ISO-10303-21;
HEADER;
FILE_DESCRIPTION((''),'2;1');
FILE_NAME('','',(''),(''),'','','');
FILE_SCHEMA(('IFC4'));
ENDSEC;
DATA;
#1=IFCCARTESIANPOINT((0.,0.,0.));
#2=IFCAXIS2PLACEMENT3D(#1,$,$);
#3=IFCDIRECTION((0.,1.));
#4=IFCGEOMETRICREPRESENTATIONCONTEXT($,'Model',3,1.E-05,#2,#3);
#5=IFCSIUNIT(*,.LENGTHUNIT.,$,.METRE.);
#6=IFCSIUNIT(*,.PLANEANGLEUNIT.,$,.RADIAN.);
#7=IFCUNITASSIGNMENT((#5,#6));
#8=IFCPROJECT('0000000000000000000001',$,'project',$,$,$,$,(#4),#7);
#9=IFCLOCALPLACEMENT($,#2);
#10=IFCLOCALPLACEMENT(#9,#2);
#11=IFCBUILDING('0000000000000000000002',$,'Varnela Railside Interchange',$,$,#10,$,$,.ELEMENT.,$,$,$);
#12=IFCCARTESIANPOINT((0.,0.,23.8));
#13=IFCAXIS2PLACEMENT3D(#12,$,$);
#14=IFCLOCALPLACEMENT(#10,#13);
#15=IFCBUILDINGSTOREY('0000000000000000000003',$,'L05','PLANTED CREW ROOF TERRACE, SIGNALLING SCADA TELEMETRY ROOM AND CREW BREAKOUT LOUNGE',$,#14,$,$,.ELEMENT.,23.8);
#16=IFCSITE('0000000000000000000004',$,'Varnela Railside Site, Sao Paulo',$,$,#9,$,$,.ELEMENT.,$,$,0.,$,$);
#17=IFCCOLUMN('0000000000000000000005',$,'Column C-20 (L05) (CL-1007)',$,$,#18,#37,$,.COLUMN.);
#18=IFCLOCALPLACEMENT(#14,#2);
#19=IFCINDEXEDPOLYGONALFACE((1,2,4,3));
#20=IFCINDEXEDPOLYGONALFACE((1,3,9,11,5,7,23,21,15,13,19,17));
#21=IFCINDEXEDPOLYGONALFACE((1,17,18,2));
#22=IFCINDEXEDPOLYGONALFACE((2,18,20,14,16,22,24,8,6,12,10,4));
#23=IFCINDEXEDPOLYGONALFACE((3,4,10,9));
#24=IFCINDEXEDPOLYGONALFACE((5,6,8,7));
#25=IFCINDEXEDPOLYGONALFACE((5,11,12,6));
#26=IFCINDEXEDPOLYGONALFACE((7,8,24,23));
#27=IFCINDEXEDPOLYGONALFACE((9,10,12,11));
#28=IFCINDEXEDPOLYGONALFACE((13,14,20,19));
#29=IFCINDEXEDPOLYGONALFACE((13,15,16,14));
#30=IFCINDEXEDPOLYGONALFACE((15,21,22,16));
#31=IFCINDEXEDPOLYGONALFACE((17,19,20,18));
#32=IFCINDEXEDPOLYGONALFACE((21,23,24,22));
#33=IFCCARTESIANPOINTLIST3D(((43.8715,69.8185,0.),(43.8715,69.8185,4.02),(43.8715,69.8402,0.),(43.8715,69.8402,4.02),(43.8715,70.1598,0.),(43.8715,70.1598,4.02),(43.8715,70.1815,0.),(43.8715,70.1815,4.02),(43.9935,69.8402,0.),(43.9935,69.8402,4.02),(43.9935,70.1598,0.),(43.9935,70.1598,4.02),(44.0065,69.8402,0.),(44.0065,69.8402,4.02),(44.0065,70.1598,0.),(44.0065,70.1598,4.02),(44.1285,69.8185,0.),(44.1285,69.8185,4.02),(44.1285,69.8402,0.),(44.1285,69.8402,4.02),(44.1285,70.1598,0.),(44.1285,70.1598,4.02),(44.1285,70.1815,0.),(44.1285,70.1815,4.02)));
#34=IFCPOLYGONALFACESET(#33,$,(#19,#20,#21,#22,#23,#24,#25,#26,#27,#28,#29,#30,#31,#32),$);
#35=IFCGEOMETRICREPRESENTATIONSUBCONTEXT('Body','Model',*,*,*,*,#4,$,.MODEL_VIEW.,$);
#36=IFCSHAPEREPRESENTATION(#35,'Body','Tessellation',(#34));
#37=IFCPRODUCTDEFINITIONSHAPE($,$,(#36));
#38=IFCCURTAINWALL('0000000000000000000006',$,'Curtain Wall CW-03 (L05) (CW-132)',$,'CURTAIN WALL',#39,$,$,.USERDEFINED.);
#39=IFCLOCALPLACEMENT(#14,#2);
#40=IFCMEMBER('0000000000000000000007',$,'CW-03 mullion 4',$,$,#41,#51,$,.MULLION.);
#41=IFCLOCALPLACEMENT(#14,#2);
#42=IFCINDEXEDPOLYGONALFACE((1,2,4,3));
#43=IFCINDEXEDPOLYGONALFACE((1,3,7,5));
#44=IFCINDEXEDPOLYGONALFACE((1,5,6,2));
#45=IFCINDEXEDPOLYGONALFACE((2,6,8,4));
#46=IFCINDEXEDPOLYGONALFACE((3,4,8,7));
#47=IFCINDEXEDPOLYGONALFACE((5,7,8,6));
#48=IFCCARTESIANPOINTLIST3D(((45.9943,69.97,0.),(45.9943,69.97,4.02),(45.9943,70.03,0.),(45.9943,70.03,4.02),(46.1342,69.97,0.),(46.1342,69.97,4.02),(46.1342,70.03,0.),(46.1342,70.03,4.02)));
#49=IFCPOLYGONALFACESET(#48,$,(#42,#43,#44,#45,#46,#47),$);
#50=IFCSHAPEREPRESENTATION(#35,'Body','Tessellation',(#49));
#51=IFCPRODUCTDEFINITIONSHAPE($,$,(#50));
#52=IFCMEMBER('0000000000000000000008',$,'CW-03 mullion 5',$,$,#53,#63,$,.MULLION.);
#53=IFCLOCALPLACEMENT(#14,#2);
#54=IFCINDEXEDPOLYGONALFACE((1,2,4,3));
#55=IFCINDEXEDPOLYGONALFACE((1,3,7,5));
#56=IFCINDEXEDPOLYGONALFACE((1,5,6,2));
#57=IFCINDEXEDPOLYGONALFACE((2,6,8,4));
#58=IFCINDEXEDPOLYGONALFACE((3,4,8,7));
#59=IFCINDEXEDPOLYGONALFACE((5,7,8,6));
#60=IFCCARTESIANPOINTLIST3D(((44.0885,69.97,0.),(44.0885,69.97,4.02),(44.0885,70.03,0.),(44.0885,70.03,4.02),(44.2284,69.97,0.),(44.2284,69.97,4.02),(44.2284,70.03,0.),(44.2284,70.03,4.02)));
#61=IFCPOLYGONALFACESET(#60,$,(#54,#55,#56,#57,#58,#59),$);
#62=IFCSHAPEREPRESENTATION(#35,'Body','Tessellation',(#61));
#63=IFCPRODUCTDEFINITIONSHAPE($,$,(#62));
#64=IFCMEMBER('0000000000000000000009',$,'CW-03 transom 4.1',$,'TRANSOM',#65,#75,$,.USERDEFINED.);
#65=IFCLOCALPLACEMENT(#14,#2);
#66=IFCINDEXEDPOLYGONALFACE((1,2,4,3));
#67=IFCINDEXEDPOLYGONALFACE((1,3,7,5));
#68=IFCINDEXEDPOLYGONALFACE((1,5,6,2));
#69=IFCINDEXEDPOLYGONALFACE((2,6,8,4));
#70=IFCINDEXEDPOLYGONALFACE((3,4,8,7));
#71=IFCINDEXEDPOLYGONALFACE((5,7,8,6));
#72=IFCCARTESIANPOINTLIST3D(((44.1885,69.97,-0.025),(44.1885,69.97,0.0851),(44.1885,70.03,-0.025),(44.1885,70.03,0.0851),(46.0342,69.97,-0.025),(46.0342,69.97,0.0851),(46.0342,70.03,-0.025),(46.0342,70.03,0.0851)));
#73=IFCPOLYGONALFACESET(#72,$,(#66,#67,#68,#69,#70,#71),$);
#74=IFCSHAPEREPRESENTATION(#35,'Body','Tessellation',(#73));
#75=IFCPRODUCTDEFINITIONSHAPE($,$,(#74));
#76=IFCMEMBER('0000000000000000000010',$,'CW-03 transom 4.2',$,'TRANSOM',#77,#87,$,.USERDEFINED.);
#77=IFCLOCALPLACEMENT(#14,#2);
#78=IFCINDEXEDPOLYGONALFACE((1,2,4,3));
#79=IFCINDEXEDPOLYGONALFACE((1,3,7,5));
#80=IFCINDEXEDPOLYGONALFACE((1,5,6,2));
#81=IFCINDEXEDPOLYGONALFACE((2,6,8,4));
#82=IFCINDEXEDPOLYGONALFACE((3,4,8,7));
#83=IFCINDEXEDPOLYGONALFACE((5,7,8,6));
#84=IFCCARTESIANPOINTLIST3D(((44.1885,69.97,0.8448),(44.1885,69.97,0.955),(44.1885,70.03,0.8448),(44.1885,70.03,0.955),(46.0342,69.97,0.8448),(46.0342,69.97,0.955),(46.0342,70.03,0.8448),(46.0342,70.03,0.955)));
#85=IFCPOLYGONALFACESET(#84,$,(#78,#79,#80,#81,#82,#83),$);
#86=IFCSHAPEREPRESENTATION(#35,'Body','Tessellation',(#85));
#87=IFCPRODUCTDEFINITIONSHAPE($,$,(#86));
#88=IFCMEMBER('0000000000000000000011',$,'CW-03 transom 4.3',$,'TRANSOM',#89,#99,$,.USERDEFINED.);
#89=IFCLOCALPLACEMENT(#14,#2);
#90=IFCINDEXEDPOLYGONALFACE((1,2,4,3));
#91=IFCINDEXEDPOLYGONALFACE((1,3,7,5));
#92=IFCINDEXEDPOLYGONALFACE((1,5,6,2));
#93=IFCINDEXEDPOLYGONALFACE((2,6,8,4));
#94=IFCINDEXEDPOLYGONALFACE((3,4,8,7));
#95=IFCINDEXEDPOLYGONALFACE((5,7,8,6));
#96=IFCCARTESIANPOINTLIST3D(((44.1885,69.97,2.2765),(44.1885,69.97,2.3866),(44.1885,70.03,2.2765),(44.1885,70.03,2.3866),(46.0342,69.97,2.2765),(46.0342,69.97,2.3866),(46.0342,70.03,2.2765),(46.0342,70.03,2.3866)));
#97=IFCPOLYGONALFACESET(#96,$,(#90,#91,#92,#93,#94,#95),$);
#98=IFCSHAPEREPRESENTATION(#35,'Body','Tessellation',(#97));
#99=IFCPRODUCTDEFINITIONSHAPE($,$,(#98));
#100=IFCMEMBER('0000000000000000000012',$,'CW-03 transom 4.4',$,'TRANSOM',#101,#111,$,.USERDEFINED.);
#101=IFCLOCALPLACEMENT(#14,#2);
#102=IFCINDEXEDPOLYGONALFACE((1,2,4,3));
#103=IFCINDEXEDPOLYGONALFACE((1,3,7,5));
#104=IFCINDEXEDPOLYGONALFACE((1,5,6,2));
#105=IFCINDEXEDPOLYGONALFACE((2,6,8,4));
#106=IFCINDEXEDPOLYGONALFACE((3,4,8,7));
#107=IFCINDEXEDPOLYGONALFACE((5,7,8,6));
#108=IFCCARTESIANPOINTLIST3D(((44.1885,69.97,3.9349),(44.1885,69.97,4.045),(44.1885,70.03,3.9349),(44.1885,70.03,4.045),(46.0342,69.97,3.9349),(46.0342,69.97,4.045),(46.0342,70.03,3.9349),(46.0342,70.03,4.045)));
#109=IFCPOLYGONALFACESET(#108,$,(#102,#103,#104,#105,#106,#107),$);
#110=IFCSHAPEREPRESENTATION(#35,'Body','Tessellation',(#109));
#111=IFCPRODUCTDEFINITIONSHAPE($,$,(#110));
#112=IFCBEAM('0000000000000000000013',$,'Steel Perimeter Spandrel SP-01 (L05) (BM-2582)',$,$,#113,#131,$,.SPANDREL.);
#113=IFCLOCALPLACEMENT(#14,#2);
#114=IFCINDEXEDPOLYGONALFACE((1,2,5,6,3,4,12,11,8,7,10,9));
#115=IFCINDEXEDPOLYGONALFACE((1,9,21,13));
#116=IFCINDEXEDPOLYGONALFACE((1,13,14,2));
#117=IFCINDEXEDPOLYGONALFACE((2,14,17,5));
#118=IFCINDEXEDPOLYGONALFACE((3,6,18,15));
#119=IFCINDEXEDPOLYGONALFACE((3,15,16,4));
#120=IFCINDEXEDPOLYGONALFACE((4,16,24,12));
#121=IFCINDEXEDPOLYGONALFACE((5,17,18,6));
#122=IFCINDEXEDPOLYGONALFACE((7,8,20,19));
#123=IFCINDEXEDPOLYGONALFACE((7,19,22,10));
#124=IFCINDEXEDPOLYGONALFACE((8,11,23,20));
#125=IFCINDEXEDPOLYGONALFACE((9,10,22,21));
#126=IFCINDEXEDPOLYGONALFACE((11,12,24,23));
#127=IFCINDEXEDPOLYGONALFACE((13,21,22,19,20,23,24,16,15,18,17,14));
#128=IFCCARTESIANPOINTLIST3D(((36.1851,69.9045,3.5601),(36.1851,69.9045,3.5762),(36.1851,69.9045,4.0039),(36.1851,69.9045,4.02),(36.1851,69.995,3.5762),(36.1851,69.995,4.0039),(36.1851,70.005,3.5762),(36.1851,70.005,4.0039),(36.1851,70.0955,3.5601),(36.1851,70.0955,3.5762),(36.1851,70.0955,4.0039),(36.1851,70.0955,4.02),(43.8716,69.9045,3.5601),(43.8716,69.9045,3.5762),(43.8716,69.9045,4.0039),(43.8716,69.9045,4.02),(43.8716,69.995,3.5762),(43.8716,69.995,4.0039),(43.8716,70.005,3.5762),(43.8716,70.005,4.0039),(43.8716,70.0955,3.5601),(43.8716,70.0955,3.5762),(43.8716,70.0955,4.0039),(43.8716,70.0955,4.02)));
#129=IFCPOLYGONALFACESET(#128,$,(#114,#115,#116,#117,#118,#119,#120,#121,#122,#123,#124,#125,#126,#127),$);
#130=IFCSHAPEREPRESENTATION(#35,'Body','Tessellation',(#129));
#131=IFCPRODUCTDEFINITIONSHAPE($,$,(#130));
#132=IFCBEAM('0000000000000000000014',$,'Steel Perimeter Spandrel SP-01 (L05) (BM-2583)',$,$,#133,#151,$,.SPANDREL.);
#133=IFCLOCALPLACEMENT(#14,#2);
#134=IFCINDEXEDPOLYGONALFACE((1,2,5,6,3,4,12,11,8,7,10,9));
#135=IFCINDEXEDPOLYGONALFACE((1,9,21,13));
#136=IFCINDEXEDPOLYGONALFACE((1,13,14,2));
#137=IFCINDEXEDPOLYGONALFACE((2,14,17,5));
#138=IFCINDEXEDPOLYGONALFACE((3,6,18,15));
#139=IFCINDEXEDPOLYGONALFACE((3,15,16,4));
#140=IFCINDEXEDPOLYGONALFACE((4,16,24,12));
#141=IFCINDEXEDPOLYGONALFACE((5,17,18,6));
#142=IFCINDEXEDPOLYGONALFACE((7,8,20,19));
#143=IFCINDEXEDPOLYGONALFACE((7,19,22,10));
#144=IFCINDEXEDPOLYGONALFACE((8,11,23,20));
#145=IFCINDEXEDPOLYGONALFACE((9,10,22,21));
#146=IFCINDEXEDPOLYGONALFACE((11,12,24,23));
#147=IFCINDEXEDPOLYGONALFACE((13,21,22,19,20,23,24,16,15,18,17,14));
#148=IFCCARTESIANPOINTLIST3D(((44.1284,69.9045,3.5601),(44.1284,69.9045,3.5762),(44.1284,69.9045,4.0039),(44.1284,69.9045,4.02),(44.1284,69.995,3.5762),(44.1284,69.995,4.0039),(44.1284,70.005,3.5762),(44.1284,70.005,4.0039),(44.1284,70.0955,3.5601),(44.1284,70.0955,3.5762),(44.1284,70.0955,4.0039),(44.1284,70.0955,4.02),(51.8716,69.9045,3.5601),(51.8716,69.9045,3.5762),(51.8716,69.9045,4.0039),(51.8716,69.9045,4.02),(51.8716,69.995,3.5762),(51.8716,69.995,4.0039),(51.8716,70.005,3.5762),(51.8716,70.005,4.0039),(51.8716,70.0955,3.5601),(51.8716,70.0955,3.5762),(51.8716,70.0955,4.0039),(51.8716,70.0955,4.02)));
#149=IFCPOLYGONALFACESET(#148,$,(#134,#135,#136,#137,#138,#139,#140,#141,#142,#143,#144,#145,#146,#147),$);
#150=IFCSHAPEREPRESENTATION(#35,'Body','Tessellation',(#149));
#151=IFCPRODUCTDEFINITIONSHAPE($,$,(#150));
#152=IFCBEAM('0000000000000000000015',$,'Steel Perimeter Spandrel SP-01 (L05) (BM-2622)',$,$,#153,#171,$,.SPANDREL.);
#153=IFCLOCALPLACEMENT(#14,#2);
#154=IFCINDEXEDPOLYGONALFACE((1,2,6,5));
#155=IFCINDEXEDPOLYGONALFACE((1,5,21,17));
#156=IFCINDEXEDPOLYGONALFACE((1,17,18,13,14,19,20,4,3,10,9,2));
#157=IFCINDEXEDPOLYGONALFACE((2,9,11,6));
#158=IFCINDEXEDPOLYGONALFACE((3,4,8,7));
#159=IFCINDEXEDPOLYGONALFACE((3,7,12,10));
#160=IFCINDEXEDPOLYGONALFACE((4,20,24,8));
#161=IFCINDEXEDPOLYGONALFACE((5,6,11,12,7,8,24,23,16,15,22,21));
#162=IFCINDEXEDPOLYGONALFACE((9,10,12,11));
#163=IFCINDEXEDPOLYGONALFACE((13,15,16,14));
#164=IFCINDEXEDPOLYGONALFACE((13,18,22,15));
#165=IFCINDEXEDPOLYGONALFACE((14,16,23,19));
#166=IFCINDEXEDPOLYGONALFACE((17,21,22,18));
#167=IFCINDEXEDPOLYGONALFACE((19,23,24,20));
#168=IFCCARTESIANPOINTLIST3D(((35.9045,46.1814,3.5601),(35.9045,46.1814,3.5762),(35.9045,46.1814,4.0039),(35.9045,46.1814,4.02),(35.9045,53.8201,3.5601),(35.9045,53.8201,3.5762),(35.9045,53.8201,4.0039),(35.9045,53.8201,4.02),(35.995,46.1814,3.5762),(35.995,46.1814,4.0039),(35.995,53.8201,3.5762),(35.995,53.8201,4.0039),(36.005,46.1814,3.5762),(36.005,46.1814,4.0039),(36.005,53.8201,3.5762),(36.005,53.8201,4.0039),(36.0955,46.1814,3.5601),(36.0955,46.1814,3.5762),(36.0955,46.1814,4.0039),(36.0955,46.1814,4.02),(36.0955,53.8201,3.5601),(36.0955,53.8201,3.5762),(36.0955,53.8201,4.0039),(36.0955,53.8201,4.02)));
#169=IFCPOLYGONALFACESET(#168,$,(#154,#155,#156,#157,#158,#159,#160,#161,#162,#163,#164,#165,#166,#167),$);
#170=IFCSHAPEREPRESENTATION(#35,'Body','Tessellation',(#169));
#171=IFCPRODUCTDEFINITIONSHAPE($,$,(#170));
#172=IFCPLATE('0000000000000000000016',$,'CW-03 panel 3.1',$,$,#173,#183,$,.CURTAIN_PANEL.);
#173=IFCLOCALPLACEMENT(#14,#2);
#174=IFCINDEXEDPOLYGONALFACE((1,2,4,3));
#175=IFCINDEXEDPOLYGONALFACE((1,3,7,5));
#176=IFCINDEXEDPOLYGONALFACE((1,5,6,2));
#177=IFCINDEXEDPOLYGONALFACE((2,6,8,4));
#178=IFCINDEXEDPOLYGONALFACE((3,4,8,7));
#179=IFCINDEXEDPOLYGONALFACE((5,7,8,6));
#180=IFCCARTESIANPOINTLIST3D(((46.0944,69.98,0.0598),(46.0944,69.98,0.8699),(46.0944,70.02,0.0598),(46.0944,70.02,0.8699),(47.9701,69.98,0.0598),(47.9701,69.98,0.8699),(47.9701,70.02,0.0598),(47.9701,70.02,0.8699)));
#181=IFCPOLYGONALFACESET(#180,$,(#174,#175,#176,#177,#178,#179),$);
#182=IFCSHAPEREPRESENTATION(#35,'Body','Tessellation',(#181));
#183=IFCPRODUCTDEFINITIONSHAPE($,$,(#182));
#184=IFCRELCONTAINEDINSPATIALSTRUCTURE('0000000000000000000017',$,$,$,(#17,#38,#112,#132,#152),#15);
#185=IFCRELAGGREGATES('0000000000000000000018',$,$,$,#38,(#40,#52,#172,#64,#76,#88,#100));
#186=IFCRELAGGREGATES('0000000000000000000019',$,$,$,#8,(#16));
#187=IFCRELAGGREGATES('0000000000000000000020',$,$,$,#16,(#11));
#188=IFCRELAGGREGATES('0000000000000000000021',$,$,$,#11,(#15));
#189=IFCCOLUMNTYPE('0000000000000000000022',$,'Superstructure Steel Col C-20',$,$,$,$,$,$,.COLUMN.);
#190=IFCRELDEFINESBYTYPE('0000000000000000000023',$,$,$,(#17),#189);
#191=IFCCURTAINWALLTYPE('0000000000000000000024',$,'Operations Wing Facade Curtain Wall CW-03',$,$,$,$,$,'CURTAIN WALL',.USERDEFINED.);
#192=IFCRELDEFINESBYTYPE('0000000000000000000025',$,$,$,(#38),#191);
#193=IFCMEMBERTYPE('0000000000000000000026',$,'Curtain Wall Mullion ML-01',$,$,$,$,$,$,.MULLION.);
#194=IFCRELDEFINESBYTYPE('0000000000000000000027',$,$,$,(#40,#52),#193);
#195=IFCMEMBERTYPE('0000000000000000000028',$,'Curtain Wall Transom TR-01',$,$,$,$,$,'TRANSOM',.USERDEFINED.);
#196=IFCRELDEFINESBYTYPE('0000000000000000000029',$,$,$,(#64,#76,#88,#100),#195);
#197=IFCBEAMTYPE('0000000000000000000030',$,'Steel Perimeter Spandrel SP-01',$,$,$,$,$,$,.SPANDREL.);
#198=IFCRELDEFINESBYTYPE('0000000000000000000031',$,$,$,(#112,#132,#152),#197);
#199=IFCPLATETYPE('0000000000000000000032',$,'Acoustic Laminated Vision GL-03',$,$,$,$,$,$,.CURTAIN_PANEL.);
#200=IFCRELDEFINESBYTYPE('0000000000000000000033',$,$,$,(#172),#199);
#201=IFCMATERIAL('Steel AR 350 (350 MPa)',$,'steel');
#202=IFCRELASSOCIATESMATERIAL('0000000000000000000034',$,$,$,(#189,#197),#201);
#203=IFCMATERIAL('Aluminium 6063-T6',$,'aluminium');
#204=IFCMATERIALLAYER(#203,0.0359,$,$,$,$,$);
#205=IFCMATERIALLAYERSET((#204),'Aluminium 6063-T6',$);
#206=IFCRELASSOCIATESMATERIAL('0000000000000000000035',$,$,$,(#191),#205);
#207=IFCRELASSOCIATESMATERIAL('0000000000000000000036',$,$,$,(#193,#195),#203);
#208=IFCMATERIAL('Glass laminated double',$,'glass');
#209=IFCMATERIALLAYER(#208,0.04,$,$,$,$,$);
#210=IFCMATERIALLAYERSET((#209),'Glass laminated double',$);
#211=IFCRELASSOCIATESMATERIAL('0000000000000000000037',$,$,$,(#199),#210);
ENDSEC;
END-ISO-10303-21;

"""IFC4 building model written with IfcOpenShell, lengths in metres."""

from ifc_helpers import new_model, si_unit, direction, frame, origin, origin_2d, place, context, subcontext, project, spatial, rectangle, i_section, extrude, material, layer, layer_set, material_profile, profile_set, type_object, element, aggregate, save


model = new_model("IFC4")

# Units and contexts
model_context = context("Model", 3, precision=1e-05, world=origin(), true_north=direction((0.0, 1.0)))
body_context = subcontext(model_context, "Body", "Model", "MODEL_VIEW")
ifc_project = project(units=[si_unit("LENGTHUNIT", "METRE"), si_unit("PLANEANGLEUNIT", "RADIAN")], contexts=[model_context])

# Site, building, storey
site_placement = place(None, origin())
site = spatial("IfcSite", under=ifc_project, at=site_placement, Name="Varnela Railside Site, Sao Paulo", CompositionType="ELEMENT", RefElevation=0.0)
building_placement = place(site_placement, origin())
building = spatial("IfcBuilding", under=site, at=building_placement, Name="Varnela Railside Interchange", CompositionType="ELEMENT")
storey_placement = place(building_placement, frame((0.0, 0.0, 23.8)))
storey = spatial("IfcBuildingStorey", under=building, at=storey_placement, Name="L05", Description="PLANTED CREW ROOF TERRACE, SIGNALLING SCADA TELEMETRY ROOM AND CREW BREAKOUT LOUNGE", CompositionType="ELEMENT", Elevation=23.8)

# Column
ifc_material_1 = material(Name="Steel AR 350 (350 MPa)", Category="steel")
ifc_material_profile_1 = material_profile(ifc_material_1, i_section(OverallWidth=0.2571, OverallDepth=0.363, WebThickness=0.0129, FlangeThickness=0.0217, at=origin_2d()), Name="W360x122")
ifc_profile_set_1 = profile_set([ifc_material_profile_1], Name="Steel AR 350 (350 MPa)")
column_type = type_object("IfcColumnType", Name="Superstructure Steel Col C-20", PredefinedType="COLUMN", material=ifc_profile_set_1)
column_placement = place(storey_placement, frame((44.0, 70.0, 0.0), z_axis=(0.0, 0.0, 1.0), x_axis=(1.0, 0.0, 0.0)))
element("IfcColumn", 1, at=column_placement, inside=storey, type_object=column_type, Name="Column C-20 (L05) (CL-1007)", PredefinedType="COLUMN", context=body_context, shape_type="SweptSolid", body=[
    extrude(i_section(OverallWidth=0.2571, OverallDepth=0.363, WebThickness=0.0129, FlangeThickness=0.0217, at=origin_2d()), origin(), (0.0, 0.0, 1.0), 4.02),
])

# Curtain wall, members
ifc_material_2 = material(Name="Aluminium 6063-T6", Category="aluminium")
ifc_layer_1 = layer(ifc_material_2, 0.0359)
ifc_layer_set_1 = layer_set([ifc_layer_1], Name="Aluminium 6063-T6")
curtain_wall_type = type_object("IfcCurtainWallType", Name="Operations Wing Facade Curtain Wall CW-03", ElementType="CURTAIN WALL", PredefinedType="USERDEFINED", material=ifc_layer_set_1)
curtain_wall_placement = place(storey_placement, origin())
curtain_wall = element("IfcCurtainWall", 2, at=curtain_wall_placement, inside=storey, type_object=curtain_wall_type, Name="Curtain Wall CW-03 (L05) (CW-132)", ObjectType="CURTAIN WALL", PredefinedType="USERDEFINED")
ifc_material_profile_2 = material_profile(ifc_material_2, rectangle(XDim=0.0601, YDim=0.1399, at=origin_2d()), Name="ALU 60x140")
ifc_profile_set_2 = profile_set([ifc_material_profile_2], Name="Aluminium 6063-T6")
member_type_1 = type_object("IfcMemberType", Name="Curtain Wall Mullion ML-01", PredefinedType="MULLION", material=ifc_profile_set_2)
member_1_placement = place(storey_placement, frame((46.0642, 70.0, 0.0), z_axis=(0.0, 0.0, 1.0), x_axis=(0.0, -1.0, 0.0)))
member_1 = element("IfcMember", 3, at=member_1_placement, type_object=member_type_1, Name="CW-03 mullion 4", PredefinedType="MULLION", context=body_context, shape_type="SweptSolid", body=[
    extrude(rectangle(XDim=0.0601, YDim=0.1399, at=origin_2d()), origin(), (0.0, 0.0, 1.0), 4.02),
])
member_2_placement = place(storey_placement, frame((44.1584, 70.0, 0.0), z_axis=(0.0, 0.0, 1.0), x_axis=(0.0, -1.0, 0.0)))
member_2 = element("IfcMember", 4, at=member_2_placement, type_object=member_type_1, Name="CW-03 mullion 5", PredefinedType="MULLION", context=body_context, shape_type="SweptSolid", body=[
    extrude(rectangle(XDim=0.0601, YDim=0.1399, at=origin_2d()), origin(), (0.0, 0.0, 1.0), 4.02),
])
ifc_material_profile_3 = material_profile(ifc_material_2, rectangle(XDim=0.0601, YDim=0.1101, at=origin_2d()), Name="ALU 60x110")
ifc_profile_set_3 = profile_set([ifc_material_profile_3], Name="Aluminium 6063-T6")
member_type_2 = type_object("IfcMemberType", Name="Curtain Wall Transom TR-01", ElementType="TRANSOM", PredefinedType="USERDEFINED", material=ifc_profile_set_3)
member_3_placement = place(storey_placement, frame((46.0342, 70.0, 0.03), z_axis=(-1.0, 0.0, 0.0), x_axis=(0.0, -1.0, 0.0)))
member_3 = element("IfcMember", 5, at=member_3_placement, type_object=member_type_2, Name="CW-03 transom 4.1", ObjectType="TRANSOM", PredefinedType="USERDEFINED", context=body_context, shape_type="SweptSolid", body=[
    extrude(rectangle(XDim=0.0601, YDim=0.1101, at=origin_2d()), origin(), (0.0, 0.0, 1.0), 1.8457),
])
member_4_placement = place(storey_placement, frame((46.0342, 70.0, 0.8999), z_axis=(-1.0, 0.0, 0.0), x_axis=(0.0, -1.0, 0.0)))
member_4 = element("IfcMember", 6, at=member_4_placement, type_object=member_type_2, Name="CW-03 transom 4.2", ObjectType="TRANSOM", PredefinedType="USERDEFINED", context=body_context, shape_type="SweptSolid", body=[
    extrude(rectangle(XDim=0.0601, YDim=0.1101, at=origin_2d()), origin(), (0.0, 0.0, 1.0), 1.8457),
])
member_5_placement = place(storey_placement, frame((46.0342, 70.0, 2.3315), z_axis=(-1.0, 0.0, 0.0), x_axis=(0.0, -1.0, 0.0)))
member_5 = element("IfcMember", 7, at=member_5_placement, type_object=member_type_2, Name="CW-03 transom 4.3", ObjectType="TRANSOM", PredefinedType="USERDEFINED", context=body_context, shape_type="SweptSolid", body=[
    extrude(rectangle(XDim=0.0601, YDim=0.1101, at=origin_2d()), origin(), (0.0, 0.0, 1.0), 1.8457),
])
member_6_placement = place(storey_placement, frame((46.0342, 70.0, 3.99), z_axis=(-1.0, 0.0, 0.0), x_axis=(0.0, -1.0, 0.0)))
member_6 = element("IfcMember", 8, at=member_6_placement, type_object=member_type_2, Name="CW-03 transom 4.4", ObjectType="TRANSOM", PredefinedType="USERDEFINED", context=body_context, shape_type="SweptSolid", body=[
    extrude(rectangle(XDim=0.0601, YDim=0.1101, at=origin_2d()), origin(), (0.0, 0.0, 1.0), 1.8457),
])

# Beams
ifc_material_profile_4 = material_profile(ifc_material_1, i_section(OverallWidth=0.1909, OverallDepth=0.46, WebThickness=0.01, FlangeThickness=0.0161, at=origin_2d()), Name="W460x82")
ifc_profile_set_4 = profile_set([ifc_material_profile_4], Name="Steel AR 350 (350 MPa)")
beam_type = type_object("IfcBeamType", Name="Steel Perimeter Spandrel SP-01", PredefinedType="SPANDREL", material=ifc_profile_set_4)
beam_1_placement = place(storey_placement, frame((36.1851, 70.0, 3.79), z_axis=(1.0, 0.0, 0.0), x_axis=(0.0, 1.0, 0.0)))
element("IfcBeam", 9, at=beam_1_placement, inside=storey, type_object=beam_type, Name="Steel Perimeter Spandrel SP-01 (L05) (BM-2582)", PredefinedType="SPANDREL", context=body_context, shape_type="SweptSolid", body=[
    extrude(i_section(OverallWidth=0.1909, OverallDepth=0.46, WebThickness=0.01, FlangeThickness=0.0161, at=origin_2d()), origin(), (0.0, 0.0, 1.0), 7.6865),
])
beam_2_placement = place(storey_placement, frame((44.1284, 70.0, 3.79), z_axis=(1.0, 0.0, 0.0), x_axis=(0.0, 1.0, 0.0)))
element("IfcBeam", 10, at=beam_2_placement, inside=storey, type_object=beam_type, Name="Steel Perimeter Spandrel SP-01 (L05) (BM-2583)", PredefinedType="SPANDREL", context=body_context, shape_type="SweptSolid", body=[
    extrude(i_section(OverallWidth=0.1909, OverallDepth=0.46, WebThickness=0.01, FlangeThickness=0.0161, at=origin_2d()), origin(), (0.0, 0.0, 1.0), 7.7432),
])
beam_3_placement = place(storey_placement, frame((36.0, 46.1814, 3.79), z_axis=(0.0, 1.0, 0.0), x_axis=(-1.0, 0.0, 0.0)))
element("IfcBeam", 11, at=beam_3_placement, inside=storey, type_object=beam_type, Name="Steel Perimeter Spandrel SP-01 (L05) (BM-2622)", PredefinedType="SPANDREL", context=body_context, shape_type="SweptSolid", body=[
    extrude(i_section(OverallWidth=0.1909, OverallDepth=0.46, WebThickness=0.01, FlangeThickness=0.0161, at=origin_2d()), origin(), (0.0, 0.0, 1.0), 7.6387),
])

# Plate
ifc_material_3 = material(Name="Glass laminated double", Category="glass")
ifc_layer_2 = layer(ifc_material_3, 0.04)
ifc_layer_set_2 = layer_set([ifc_layer_2], Name="Glass laminated double")
plate_type = type_object("IfcPlateType", Name="Acoustic Laminated Vision GL-03", PredefinedType="CURTAIN_PANEL", material=ifc_layer_set_2)
plate_1_placement = place(storey_placement, frame((47.0322, 70.0, 0.0598), z_axis=(0.0, 0.0, 1.0), x_axis=(-1.0, 0.0, 0.0)))
plate_1 = element("IfcPlate", 12, at=plate_1_placement, type_object=plate_type, Name="CW-03 panel 3.1", PredefinedType="CURTAIN_PANEL", context=body_context, shape_type="SweptSolid", body=[
    extrude(rectangle(XDim=1.8757, YDim=0.04, at=origin_2d()), origin(), (0.0, 0.0, 1.0), 0.8101),
])
aggregate(curtain_wall, [member_1, member_2, plate_1, member_3, member_4, member_5, member_6])

save(model, "model.ifc")
